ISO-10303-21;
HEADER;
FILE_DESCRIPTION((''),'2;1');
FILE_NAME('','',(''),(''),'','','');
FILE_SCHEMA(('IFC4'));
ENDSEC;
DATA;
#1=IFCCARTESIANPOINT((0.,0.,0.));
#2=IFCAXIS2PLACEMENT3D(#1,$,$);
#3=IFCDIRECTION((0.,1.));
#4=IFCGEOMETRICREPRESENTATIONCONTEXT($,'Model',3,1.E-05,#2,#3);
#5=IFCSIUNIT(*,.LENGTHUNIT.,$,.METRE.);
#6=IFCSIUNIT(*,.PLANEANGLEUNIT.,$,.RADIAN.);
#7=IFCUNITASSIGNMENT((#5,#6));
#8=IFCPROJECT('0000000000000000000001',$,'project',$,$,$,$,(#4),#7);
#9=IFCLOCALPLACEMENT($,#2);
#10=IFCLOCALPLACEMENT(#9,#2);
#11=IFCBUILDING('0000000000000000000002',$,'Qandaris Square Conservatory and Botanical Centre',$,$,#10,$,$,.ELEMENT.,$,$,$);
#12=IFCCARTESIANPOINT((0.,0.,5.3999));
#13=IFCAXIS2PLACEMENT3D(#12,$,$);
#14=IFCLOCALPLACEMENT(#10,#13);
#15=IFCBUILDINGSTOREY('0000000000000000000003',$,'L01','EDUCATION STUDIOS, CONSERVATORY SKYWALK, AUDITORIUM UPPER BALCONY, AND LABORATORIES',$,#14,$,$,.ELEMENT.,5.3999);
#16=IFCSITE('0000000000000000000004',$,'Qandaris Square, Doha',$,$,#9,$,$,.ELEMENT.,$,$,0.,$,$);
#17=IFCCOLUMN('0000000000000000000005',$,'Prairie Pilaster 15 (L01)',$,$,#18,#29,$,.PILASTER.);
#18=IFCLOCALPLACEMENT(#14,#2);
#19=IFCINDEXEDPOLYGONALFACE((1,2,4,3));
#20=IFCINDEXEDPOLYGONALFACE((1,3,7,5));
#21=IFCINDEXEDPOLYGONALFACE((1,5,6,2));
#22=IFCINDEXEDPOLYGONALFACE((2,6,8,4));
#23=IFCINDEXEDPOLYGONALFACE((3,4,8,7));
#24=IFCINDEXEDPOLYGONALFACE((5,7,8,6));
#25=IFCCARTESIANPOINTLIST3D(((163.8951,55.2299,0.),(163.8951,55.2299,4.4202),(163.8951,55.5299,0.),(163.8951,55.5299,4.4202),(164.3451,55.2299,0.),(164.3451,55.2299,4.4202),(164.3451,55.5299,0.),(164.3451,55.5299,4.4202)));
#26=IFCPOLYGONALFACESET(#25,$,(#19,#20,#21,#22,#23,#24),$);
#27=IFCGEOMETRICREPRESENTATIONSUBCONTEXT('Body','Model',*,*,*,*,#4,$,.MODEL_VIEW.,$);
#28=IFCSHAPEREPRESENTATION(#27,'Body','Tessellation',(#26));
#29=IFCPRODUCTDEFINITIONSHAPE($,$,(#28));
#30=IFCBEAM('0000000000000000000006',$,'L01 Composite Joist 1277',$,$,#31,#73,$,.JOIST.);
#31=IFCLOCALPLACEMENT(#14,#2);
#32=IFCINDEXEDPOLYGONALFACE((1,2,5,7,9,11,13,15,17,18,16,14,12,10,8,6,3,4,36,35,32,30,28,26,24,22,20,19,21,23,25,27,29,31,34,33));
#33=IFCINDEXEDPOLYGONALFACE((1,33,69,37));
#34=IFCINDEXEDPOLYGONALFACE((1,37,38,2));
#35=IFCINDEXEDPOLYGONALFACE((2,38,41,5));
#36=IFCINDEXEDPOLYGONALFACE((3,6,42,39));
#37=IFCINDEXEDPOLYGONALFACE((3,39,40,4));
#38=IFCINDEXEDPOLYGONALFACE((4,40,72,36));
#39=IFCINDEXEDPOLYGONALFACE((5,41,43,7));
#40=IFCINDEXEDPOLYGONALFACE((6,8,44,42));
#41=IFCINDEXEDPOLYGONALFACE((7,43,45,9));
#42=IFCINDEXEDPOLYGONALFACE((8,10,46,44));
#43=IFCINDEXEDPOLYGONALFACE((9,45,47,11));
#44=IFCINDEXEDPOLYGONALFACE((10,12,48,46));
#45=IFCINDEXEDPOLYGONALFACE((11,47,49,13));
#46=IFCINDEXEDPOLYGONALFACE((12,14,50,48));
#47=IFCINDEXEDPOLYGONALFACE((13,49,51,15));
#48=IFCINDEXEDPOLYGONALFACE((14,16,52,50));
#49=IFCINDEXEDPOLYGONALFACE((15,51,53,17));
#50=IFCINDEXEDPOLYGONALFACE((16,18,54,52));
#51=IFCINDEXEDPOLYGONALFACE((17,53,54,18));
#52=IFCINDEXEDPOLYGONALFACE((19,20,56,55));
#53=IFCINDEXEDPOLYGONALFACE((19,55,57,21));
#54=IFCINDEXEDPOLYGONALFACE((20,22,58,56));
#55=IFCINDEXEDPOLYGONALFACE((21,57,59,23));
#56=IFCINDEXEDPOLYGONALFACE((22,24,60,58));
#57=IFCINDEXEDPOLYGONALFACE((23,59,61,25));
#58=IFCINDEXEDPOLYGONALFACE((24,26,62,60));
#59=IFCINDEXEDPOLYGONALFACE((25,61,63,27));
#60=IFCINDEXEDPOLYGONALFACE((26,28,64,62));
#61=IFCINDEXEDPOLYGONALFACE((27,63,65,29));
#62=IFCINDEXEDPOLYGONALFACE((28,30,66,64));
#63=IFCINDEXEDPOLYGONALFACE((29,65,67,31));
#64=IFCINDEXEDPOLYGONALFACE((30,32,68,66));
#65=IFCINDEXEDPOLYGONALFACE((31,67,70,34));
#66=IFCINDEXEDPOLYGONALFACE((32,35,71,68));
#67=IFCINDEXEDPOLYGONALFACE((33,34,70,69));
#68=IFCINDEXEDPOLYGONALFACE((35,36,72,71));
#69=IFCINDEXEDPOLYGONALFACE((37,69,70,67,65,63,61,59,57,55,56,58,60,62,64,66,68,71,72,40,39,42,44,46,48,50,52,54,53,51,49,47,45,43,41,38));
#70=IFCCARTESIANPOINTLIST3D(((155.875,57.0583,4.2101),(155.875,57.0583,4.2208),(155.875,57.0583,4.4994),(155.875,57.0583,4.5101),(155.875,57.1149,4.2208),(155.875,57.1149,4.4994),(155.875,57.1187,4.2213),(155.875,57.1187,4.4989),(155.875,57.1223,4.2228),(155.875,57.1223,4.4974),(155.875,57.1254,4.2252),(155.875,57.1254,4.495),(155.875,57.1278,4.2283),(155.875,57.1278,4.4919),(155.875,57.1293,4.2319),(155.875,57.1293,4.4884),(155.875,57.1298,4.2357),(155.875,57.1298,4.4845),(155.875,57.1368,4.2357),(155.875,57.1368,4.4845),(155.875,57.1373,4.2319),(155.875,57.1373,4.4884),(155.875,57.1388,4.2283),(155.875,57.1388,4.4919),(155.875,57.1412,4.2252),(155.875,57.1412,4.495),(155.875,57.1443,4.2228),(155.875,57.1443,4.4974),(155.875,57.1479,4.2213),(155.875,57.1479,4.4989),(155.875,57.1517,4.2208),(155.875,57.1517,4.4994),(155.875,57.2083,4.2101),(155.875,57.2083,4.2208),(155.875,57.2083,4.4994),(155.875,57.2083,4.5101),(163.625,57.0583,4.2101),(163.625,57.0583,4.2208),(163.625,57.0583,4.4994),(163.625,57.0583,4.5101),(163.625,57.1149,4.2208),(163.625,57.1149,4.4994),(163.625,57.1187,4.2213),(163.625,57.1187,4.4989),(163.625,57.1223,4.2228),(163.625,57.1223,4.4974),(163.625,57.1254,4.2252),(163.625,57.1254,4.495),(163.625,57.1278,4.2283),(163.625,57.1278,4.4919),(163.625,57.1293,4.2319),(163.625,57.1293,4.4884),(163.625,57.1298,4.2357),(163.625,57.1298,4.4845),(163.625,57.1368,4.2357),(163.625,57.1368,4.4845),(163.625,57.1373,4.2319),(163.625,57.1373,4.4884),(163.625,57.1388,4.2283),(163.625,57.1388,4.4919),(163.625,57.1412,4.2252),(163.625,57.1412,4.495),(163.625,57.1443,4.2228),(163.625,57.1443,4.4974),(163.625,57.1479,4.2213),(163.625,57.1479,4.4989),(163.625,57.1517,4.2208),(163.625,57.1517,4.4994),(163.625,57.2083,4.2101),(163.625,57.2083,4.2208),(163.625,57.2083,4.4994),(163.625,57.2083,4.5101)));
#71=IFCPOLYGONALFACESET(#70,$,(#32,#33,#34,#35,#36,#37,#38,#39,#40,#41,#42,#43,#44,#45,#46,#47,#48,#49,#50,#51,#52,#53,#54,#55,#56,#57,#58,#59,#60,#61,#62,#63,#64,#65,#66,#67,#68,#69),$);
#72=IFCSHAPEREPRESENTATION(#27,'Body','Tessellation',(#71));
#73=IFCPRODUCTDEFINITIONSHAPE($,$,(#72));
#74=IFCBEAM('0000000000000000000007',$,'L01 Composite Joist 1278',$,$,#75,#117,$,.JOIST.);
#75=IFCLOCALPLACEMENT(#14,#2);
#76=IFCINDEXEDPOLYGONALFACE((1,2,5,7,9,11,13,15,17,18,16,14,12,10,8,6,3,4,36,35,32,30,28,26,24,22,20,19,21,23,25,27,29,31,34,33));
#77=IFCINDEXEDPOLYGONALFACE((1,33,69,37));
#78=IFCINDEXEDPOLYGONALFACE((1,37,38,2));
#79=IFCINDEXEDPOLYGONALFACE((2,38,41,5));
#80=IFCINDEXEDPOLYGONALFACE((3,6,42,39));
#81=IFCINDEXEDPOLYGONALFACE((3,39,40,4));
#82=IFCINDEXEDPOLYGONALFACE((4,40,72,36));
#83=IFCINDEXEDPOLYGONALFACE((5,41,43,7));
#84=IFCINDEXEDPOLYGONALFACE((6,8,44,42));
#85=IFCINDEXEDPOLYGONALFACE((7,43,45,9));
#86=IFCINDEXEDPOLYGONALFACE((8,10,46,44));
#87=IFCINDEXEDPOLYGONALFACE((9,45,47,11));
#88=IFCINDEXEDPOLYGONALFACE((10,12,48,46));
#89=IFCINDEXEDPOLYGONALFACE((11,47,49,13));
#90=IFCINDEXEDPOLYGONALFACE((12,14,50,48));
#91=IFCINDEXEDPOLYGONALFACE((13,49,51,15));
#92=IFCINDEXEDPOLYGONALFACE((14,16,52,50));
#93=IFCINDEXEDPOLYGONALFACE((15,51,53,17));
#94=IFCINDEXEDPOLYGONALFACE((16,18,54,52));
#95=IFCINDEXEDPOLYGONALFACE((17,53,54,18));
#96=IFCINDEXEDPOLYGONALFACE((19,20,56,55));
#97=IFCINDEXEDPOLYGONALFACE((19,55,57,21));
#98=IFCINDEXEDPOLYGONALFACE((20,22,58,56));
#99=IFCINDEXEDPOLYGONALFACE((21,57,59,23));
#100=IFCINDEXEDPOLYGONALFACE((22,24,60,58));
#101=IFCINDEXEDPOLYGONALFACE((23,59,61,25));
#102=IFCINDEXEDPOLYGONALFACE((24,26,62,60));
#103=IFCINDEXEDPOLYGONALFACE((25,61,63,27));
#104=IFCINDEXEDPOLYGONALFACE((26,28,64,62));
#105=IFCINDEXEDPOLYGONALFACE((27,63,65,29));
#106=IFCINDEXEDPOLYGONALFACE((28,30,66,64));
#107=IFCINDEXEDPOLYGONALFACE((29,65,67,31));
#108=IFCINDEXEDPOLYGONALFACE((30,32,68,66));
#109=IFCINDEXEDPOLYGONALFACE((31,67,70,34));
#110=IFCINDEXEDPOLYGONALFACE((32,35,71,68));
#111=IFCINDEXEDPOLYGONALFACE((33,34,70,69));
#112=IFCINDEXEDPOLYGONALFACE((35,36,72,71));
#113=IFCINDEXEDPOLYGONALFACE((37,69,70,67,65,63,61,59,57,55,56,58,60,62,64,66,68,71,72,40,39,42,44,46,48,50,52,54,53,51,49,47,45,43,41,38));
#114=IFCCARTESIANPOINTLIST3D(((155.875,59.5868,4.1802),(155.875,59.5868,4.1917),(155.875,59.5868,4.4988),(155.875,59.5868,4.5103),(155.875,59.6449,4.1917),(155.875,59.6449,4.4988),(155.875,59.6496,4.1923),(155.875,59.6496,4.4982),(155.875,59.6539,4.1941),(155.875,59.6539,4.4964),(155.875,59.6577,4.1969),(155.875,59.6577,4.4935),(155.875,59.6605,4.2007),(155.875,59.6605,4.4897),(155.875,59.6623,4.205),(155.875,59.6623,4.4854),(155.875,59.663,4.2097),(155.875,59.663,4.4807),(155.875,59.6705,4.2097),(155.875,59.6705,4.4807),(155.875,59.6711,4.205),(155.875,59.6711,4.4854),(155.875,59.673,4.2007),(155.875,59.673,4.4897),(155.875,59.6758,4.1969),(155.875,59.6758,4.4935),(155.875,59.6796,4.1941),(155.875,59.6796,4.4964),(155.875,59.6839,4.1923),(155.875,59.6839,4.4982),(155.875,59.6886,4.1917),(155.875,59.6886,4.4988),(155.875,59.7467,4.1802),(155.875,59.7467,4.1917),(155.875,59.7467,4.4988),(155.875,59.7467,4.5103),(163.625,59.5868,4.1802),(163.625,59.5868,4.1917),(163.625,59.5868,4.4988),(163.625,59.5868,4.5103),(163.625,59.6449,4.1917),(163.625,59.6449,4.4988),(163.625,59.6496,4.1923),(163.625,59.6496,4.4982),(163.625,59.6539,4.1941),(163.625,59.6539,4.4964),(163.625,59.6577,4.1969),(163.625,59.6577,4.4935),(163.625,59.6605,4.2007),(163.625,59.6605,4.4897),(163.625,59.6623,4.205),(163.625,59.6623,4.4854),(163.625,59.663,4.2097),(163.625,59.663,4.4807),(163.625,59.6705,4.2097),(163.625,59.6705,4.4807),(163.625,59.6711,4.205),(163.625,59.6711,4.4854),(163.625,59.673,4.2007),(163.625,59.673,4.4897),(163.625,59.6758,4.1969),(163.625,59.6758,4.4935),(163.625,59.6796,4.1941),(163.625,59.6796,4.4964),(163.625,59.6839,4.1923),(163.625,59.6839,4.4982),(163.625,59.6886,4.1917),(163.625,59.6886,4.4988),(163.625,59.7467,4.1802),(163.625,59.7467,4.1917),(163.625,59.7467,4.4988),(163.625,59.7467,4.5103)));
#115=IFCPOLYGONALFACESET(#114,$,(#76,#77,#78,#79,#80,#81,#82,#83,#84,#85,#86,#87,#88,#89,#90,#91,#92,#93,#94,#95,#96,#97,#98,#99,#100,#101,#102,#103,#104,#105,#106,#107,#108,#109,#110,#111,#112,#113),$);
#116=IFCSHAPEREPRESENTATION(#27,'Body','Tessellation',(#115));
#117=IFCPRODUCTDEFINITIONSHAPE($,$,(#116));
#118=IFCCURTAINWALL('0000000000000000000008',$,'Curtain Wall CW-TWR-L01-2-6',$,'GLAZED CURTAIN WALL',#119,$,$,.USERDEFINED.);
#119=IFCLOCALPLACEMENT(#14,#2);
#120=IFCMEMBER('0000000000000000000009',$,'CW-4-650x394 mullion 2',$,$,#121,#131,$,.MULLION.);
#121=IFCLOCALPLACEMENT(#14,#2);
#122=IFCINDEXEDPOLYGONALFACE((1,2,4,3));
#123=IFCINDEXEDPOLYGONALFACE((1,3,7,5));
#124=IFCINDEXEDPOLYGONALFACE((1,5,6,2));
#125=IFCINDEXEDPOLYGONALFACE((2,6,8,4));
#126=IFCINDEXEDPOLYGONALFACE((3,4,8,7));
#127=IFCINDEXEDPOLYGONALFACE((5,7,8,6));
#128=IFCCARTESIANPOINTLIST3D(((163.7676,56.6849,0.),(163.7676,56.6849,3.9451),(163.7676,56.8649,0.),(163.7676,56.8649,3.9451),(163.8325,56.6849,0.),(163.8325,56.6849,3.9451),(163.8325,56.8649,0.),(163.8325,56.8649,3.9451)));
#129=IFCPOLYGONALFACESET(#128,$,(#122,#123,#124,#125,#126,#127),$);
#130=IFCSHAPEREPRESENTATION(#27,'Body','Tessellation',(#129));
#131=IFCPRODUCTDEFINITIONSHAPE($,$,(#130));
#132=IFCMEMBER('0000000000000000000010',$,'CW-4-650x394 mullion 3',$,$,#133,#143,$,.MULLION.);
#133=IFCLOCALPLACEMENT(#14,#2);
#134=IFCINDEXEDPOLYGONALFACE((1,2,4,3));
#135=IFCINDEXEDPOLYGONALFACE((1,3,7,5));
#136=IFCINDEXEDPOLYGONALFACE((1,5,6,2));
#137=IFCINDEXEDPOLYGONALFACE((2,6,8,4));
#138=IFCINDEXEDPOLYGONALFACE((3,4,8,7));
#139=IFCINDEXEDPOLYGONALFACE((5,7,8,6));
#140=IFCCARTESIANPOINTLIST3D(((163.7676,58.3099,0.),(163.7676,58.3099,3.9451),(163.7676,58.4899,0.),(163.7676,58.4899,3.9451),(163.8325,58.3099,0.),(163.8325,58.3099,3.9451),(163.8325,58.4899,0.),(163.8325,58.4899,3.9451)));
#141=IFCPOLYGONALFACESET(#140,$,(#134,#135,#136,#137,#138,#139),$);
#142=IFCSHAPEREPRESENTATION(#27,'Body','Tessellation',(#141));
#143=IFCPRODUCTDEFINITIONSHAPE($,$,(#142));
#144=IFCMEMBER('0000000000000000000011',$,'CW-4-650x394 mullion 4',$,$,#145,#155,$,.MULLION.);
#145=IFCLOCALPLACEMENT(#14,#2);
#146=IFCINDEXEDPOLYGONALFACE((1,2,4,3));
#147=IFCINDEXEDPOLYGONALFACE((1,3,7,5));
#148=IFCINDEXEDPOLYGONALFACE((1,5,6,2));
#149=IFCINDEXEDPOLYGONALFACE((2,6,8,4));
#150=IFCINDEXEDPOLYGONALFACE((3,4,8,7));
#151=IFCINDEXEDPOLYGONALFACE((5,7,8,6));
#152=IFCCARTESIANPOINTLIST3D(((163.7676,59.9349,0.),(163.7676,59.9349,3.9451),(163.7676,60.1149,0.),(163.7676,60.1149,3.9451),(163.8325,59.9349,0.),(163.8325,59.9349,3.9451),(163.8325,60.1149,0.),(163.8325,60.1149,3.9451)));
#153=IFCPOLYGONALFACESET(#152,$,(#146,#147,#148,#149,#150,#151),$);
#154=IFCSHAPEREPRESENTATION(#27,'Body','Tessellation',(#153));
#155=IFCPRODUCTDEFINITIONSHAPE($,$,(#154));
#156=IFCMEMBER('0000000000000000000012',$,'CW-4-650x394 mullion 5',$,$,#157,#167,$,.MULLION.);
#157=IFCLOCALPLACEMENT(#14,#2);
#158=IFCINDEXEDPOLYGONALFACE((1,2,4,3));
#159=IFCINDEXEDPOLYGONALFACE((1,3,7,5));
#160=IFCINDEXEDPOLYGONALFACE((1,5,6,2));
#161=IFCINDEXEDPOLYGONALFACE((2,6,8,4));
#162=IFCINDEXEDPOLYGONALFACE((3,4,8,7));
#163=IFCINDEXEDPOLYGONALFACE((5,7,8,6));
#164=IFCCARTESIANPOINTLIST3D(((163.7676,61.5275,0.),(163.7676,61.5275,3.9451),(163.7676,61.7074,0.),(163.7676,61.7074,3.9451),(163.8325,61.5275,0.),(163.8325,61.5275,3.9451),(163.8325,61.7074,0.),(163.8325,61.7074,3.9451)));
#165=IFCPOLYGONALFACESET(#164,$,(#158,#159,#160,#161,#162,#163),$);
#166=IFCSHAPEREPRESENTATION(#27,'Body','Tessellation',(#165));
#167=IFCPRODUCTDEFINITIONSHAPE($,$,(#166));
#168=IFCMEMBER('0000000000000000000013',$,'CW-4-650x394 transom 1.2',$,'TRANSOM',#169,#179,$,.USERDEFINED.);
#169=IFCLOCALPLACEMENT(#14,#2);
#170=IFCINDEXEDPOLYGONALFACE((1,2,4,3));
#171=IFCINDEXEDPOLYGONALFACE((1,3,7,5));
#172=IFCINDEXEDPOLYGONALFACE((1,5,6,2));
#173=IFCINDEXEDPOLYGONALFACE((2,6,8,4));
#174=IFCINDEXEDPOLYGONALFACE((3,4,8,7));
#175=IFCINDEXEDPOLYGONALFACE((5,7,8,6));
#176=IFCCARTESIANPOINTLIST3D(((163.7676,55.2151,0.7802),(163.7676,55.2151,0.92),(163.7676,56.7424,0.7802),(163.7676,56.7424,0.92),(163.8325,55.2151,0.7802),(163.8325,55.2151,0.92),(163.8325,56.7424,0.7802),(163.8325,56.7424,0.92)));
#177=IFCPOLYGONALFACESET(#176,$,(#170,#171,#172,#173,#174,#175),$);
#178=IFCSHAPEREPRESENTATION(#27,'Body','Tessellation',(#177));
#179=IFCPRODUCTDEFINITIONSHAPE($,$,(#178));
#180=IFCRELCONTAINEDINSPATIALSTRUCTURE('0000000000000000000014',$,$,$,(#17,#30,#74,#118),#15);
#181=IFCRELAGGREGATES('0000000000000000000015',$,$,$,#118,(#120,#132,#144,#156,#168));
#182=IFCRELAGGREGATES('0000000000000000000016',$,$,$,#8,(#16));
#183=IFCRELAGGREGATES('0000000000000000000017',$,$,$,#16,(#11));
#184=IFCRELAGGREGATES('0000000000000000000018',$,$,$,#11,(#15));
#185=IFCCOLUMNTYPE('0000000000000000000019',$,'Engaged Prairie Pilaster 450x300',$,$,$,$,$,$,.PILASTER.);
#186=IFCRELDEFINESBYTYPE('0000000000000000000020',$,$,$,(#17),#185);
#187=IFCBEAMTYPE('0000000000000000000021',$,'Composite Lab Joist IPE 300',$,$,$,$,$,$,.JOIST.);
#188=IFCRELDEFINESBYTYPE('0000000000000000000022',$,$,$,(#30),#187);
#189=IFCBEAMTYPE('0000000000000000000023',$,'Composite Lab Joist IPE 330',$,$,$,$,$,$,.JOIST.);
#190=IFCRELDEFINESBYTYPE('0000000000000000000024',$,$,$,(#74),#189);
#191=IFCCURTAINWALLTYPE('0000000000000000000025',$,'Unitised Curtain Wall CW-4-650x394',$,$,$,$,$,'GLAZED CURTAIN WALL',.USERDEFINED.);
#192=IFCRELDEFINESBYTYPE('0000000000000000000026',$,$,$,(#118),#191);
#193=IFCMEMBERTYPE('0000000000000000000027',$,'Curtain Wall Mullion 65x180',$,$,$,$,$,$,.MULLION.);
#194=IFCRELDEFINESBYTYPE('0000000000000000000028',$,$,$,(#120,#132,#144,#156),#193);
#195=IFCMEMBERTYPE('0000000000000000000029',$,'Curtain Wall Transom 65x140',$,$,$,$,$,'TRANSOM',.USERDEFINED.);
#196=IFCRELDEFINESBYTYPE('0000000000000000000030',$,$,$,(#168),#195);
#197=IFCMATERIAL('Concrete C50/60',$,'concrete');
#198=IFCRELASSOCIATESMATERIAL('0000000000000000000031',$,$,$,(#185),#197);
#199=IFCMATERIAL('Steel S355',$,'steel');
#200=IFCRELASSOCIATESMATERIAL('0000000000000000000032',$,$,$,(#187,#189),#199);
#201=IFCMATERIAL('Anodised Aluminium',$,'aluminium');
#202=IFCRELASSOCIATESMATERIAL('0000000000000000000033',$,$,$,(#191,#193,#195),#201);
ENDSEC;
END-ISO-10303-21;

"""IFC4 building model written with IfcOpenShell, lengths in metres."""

from ifc_helpers import new_model, si_unit, direction, frame, origin, origin_2d, place, context, subcontext, project, spatial, rectangle, i_section, extrude, material, material_profile, profile_set, type_object, element, aggregate, save


model = new_model("IFC4")

# Units and contexts
model_context = context("Model", 3, precision=1e-05, world=origin(), true_north=direction((0.0, 1.0)))
body_context = subcontext(model_context, "Body", "Model", "MODEL_VIEW")
ifc_project = project(units=[si_unit("LENGTHUNIT", "METRE"), si_unit("PLANEANGLEUNIT", "RADIAN")], contexts=[model_context])

# Site, building, storey
site_placement = place(None, origin())
site = spatial("IfcSite", under=ifc_project, at=site_placement, Name="Qandaris Square, Doha", CompositionType="ELEMENT", RefElevation=0.0)
building_placement = place(site_placement, origin())
building = spatial("IfcBuilding", under=site, at=building_placement, Name="Qandaris Square Conservatory and Botanical Centre", CompositionType="ELEMENT")
storey_placement = place(building_placement, frame((0.0, 0.0, 5.3999)))
storey = spatial("IfcBuildingStorey", under=building, at=storey_placement, Name="L01", Description="EDUCATION STUDIOS, CONSERVATORY SKYWALK, AUDITORIUM UPPER BALCONY, AND LABORATORIES", CompositionType="ELEMENT", Elevation=5.3999)

# Column
ifc_material_1 = material(Name="Concrete C50/60", Category="concrete")
ifc_material_profile_1 = material_profile(ifc_material_1, rectangle(XDim=0.45, YDim=0.3, at=origin_2d()), Name="RC-PIL 450x300")
ifc_profile_set_1 = profile_set([ifc_material_profile_1], Name="Concrete C50/60")
column_type = type_object("IfcColumnType", Name="Engaged Prairie Pilaster 450x300", PredefinedType="PILASTER", material=ifc_profile_set_1)
column_placement = place(storey_placement, frame((164.1201, 55.3799, 0.0), z_axis=(0.0, 0.0, 1.0), x_axis=(1.0, 0.0, 0.0)))
element("IfcColumn", 1, at=column_placement, inside=storey, type_object=column_type, Name="Prairie Pilaster 15 (L01)", PredefinedType="PILASTER", context=body_context, shape_type="SweptSolid", body=[
    extrude(rectangle(XDim=0.45, YDim=0.3, at=origin_2d()), origin(), (0.0, 0.0, 1.0), 4.4202),
])

# Beams
ifc_material_2 = material(Name="Steel S355", Category="steel")
ifc_material_profile_2 = material_profile(ifc_material_2, i_section(OverallWidth=0.1499, OverallDepth=0.3, WebThickness=0.0071, FlangeThickness=0.0107, FilletRadius=0.0149, at=origin_2d()), Name="IPE 300")
ifc_profile_set_2 = profile_set([ifc_material_profile_2], Name="Steel S355")
beam_type_1 = type_object("IfcBeamType", Name="Composite Lab Joist IPE 300", PredefinedType="JOIST", material=ifc_profile_set_2)
beam_1_placement = place(storey_placement, frame((155.875, 57.1333, 4.3601), z_axis=(1.0, 0.0, 0.0), x_axis=(0.0, 1.0, 0.0)))
element("IfcBeam", 2, at=beam_1_placement, inside=storey, type_object=beam_type_1, Name="L01 Composite Joist 1277", PredefinedType="JOIST", context=body_context, shape_type="SweptSolid", body=[
    extrude(i_section(OverallWidth=0.1499, OverallDepth=0.3, WebThickness=0.0071, FlangeThickness=0.0107, FilletRadius=0.0149, at=origin_2d()), origin(), (0.0, 0.0, 1.0), 7.75),
])
ifc_material_profile_3 = material_profile(ifc_material_2, i_section(OverallWidth=0.1599, OverallDepth=0.3301, WebThickness=0.0076, FlangeThickness=0.0115, FilletRadius=0.0181, at=origin_2d()), Name="IPE 330")
ifc_profile_set_3 = profile_set([ifc_material_profile_3], Name="Steel S355")
beam_type_2 = type_object("IfcBeamType", Name="Composite Lab Joist IPE 330", PredefinedType="JOIST", material=ifc_profile_set_3)
beam_2_placement = place(storey_placement, frame((155.875, 59.6667, 4.3452), z_axis=(1.0, 0.0, 0.0), x_axis=(0.0, 1.0, 0.0)))
element("IfcBeam", 3, at=beam_2_placement, inside=storey, type_object=beam_type_2, Name="L01 Composite Joist 1278", PredefinedType="JOIST", context=body_context, shape_type="SweptSolid", body=[
    extrude(i_section(OverallWidth=0.1599, OverallDepth=0.3301, WebThickness=0.0076, FlangeThickness=0.0115, FilletRadius=0.0181, at=origin_2d()), origin(), (0.0, 0.0, 1.0), 7.75),
])

# Curtain wall, members
ifc_material_3 = material(Name="Anodised Aluminium", Category="aluminium")
curtain_wall_type = type_object("IfcCurtainWallType", Name="Unitised Curtain Wall CW-4-650x394", ElementType="GLAZED CURTAIN WALL", PredefinedType="USERDEFINED", material=ifc_material_3)
curtain_wall_placement = place(storey_placement, origin())
curtain_wall = element("IfcCurtainWall", 4, at=curtain_wall_placement, inside=storey, type_object=curtain_wall_type, Name="Curtain Wall CW-TWR-L01-2-6", ObjectType="GLAZED CURTAIN WALL", PredefinedType="USERDEFINED")
ifc_material_profile_4 = material_profile(ifc_material_3, rectangle(XDim=0.0649, YDim=0.1799, at=origin_2d()), Name="ALU-MUL 65x180")
ifc_profile_set_4 = profile_set([ifc_material_profile_4], Name="Anodised Aluminium")
member_type_1 = type_object("IfcMemberType", Name="Curtain Wall Mullion 65x180", PredefinedType="MULLION", material=ifc_profile_set_4)
member_1_placement = place(storey_placement, frame((163.8, 56.7749, 0.0), z_axis=(0.0, 0.0, 1.0), x_axis=(-1.0, 0.0, 0.0)))
member_1 = element("IfcMember", 5, at=member_1_placement, type_object=member_type_1, Name="CW-4-650x394 mullion 2", PredefinedType="MULLION", context=body_context, shape_type="SweptSolid", body=[
    extrude(rectangle(XDim=0.0649, YDim=0.1799, at=origin_2d()), origin(), (0.0, 0.0, 1.0), 3.9451),
])
member_2_placement = place(storey_placement, frame((163.8, 58.3999, 0.0), z_axis=(0.0, 0.0, 1.0), x_axis=(-1.0, 0.0, 0.0)))
member_2 = element("IfcMember", 6, at=member_2_placement, type_object=member_type_1, Name="CW-4-650x394 mullion 3", PredefinedType="MULLION", context=body_context, shape_type="SweptSolid", body=[
    extrude(rectangle(XDim=0.0649, YDim=0.1799, at=origin_2d()), origin(), (0.0, 0.0, 1.0), 3.9451),
])
member_3_placement = place(storey_placement, frame((163.8, 60.0249, 0.0), z_axis=(0.0, 0.0, 1.0), x_axis=(-1.0, 0.0, 0.0)))
member_3 = element("IfcMember", 7, at=member_3_placement, type_object=member_type_1, Name="CW-4-650x394 mullion 4", PredefinedType="MULLION", context=body_context, shape_type="SweptSolid", body=[
    extrude(rectangle(XDim=0.0649, YDim=0.1799, at=origin_2d()), origin(), (0.0, 0.0, 1.0), 3.9451),
])
member_4_placement = place(storey_placement, frame((163.8, 61.6174, 0.0), z_axis=(0.0, 0.0, 1.0), x_axis=(-1.0, 0.0, 0.0)))
member_4 = element("IfcMember", 8, at=member_4_placement, type_object=member_type_1, Name="CW-4-650x394 mullion 5", PredefinedType="MULLION", context=body_context, shape_type="SweptSolid", body=[
    extrude(rectangle(XDim=0.0649, YDim=0.1799, at=origin_2d()), origin(), (0.0, 0.0, 1.0), 3.9451),
])
ifc_material_profile_5 = material_profile(ifc_material_3, rectangle(XDim=0.0649, YDim=0.1399, at=origin_2d()), Name="ALU-TRN 65x140")
ifc_profile_set_5 = profile_set([ifc_material_profile_5], Name="Anodised Aluminium")
member_type_2 = type_object("IfcMemberType", Name="Curtain Wall Transom 65x140", ElementType="TRANSOM", PredefinedType="USERDEFINED", material=ifc_profile_set_5)
member_5_placement = place(storey_placement, frame((163.8, 55.2151, 0.8501), z_axis=(0.0, 1.0, 0.0), x_axis=(-1.0, 0.0, 0.0)))
member_5 = element("IfcMember", 9, at=member_5_placement, type_object=member_type_2, Name="CW-4-650x394 transom 1.2", ObjectType="TRANSOM", PredefinedType="USERDEFINED", context=body_context, shape_type="SweptSolid", body=[
    extrude(rectangle(XDim=0.0649, YDim=0.1399, at=origin_2d()), origin(), (0.0, 0.0, 1.0), 1.5273),
])
aggregate(curtain_wall, [member_1, member_2, member_3, member_4, member_5])

save(model, "model.ifc")
